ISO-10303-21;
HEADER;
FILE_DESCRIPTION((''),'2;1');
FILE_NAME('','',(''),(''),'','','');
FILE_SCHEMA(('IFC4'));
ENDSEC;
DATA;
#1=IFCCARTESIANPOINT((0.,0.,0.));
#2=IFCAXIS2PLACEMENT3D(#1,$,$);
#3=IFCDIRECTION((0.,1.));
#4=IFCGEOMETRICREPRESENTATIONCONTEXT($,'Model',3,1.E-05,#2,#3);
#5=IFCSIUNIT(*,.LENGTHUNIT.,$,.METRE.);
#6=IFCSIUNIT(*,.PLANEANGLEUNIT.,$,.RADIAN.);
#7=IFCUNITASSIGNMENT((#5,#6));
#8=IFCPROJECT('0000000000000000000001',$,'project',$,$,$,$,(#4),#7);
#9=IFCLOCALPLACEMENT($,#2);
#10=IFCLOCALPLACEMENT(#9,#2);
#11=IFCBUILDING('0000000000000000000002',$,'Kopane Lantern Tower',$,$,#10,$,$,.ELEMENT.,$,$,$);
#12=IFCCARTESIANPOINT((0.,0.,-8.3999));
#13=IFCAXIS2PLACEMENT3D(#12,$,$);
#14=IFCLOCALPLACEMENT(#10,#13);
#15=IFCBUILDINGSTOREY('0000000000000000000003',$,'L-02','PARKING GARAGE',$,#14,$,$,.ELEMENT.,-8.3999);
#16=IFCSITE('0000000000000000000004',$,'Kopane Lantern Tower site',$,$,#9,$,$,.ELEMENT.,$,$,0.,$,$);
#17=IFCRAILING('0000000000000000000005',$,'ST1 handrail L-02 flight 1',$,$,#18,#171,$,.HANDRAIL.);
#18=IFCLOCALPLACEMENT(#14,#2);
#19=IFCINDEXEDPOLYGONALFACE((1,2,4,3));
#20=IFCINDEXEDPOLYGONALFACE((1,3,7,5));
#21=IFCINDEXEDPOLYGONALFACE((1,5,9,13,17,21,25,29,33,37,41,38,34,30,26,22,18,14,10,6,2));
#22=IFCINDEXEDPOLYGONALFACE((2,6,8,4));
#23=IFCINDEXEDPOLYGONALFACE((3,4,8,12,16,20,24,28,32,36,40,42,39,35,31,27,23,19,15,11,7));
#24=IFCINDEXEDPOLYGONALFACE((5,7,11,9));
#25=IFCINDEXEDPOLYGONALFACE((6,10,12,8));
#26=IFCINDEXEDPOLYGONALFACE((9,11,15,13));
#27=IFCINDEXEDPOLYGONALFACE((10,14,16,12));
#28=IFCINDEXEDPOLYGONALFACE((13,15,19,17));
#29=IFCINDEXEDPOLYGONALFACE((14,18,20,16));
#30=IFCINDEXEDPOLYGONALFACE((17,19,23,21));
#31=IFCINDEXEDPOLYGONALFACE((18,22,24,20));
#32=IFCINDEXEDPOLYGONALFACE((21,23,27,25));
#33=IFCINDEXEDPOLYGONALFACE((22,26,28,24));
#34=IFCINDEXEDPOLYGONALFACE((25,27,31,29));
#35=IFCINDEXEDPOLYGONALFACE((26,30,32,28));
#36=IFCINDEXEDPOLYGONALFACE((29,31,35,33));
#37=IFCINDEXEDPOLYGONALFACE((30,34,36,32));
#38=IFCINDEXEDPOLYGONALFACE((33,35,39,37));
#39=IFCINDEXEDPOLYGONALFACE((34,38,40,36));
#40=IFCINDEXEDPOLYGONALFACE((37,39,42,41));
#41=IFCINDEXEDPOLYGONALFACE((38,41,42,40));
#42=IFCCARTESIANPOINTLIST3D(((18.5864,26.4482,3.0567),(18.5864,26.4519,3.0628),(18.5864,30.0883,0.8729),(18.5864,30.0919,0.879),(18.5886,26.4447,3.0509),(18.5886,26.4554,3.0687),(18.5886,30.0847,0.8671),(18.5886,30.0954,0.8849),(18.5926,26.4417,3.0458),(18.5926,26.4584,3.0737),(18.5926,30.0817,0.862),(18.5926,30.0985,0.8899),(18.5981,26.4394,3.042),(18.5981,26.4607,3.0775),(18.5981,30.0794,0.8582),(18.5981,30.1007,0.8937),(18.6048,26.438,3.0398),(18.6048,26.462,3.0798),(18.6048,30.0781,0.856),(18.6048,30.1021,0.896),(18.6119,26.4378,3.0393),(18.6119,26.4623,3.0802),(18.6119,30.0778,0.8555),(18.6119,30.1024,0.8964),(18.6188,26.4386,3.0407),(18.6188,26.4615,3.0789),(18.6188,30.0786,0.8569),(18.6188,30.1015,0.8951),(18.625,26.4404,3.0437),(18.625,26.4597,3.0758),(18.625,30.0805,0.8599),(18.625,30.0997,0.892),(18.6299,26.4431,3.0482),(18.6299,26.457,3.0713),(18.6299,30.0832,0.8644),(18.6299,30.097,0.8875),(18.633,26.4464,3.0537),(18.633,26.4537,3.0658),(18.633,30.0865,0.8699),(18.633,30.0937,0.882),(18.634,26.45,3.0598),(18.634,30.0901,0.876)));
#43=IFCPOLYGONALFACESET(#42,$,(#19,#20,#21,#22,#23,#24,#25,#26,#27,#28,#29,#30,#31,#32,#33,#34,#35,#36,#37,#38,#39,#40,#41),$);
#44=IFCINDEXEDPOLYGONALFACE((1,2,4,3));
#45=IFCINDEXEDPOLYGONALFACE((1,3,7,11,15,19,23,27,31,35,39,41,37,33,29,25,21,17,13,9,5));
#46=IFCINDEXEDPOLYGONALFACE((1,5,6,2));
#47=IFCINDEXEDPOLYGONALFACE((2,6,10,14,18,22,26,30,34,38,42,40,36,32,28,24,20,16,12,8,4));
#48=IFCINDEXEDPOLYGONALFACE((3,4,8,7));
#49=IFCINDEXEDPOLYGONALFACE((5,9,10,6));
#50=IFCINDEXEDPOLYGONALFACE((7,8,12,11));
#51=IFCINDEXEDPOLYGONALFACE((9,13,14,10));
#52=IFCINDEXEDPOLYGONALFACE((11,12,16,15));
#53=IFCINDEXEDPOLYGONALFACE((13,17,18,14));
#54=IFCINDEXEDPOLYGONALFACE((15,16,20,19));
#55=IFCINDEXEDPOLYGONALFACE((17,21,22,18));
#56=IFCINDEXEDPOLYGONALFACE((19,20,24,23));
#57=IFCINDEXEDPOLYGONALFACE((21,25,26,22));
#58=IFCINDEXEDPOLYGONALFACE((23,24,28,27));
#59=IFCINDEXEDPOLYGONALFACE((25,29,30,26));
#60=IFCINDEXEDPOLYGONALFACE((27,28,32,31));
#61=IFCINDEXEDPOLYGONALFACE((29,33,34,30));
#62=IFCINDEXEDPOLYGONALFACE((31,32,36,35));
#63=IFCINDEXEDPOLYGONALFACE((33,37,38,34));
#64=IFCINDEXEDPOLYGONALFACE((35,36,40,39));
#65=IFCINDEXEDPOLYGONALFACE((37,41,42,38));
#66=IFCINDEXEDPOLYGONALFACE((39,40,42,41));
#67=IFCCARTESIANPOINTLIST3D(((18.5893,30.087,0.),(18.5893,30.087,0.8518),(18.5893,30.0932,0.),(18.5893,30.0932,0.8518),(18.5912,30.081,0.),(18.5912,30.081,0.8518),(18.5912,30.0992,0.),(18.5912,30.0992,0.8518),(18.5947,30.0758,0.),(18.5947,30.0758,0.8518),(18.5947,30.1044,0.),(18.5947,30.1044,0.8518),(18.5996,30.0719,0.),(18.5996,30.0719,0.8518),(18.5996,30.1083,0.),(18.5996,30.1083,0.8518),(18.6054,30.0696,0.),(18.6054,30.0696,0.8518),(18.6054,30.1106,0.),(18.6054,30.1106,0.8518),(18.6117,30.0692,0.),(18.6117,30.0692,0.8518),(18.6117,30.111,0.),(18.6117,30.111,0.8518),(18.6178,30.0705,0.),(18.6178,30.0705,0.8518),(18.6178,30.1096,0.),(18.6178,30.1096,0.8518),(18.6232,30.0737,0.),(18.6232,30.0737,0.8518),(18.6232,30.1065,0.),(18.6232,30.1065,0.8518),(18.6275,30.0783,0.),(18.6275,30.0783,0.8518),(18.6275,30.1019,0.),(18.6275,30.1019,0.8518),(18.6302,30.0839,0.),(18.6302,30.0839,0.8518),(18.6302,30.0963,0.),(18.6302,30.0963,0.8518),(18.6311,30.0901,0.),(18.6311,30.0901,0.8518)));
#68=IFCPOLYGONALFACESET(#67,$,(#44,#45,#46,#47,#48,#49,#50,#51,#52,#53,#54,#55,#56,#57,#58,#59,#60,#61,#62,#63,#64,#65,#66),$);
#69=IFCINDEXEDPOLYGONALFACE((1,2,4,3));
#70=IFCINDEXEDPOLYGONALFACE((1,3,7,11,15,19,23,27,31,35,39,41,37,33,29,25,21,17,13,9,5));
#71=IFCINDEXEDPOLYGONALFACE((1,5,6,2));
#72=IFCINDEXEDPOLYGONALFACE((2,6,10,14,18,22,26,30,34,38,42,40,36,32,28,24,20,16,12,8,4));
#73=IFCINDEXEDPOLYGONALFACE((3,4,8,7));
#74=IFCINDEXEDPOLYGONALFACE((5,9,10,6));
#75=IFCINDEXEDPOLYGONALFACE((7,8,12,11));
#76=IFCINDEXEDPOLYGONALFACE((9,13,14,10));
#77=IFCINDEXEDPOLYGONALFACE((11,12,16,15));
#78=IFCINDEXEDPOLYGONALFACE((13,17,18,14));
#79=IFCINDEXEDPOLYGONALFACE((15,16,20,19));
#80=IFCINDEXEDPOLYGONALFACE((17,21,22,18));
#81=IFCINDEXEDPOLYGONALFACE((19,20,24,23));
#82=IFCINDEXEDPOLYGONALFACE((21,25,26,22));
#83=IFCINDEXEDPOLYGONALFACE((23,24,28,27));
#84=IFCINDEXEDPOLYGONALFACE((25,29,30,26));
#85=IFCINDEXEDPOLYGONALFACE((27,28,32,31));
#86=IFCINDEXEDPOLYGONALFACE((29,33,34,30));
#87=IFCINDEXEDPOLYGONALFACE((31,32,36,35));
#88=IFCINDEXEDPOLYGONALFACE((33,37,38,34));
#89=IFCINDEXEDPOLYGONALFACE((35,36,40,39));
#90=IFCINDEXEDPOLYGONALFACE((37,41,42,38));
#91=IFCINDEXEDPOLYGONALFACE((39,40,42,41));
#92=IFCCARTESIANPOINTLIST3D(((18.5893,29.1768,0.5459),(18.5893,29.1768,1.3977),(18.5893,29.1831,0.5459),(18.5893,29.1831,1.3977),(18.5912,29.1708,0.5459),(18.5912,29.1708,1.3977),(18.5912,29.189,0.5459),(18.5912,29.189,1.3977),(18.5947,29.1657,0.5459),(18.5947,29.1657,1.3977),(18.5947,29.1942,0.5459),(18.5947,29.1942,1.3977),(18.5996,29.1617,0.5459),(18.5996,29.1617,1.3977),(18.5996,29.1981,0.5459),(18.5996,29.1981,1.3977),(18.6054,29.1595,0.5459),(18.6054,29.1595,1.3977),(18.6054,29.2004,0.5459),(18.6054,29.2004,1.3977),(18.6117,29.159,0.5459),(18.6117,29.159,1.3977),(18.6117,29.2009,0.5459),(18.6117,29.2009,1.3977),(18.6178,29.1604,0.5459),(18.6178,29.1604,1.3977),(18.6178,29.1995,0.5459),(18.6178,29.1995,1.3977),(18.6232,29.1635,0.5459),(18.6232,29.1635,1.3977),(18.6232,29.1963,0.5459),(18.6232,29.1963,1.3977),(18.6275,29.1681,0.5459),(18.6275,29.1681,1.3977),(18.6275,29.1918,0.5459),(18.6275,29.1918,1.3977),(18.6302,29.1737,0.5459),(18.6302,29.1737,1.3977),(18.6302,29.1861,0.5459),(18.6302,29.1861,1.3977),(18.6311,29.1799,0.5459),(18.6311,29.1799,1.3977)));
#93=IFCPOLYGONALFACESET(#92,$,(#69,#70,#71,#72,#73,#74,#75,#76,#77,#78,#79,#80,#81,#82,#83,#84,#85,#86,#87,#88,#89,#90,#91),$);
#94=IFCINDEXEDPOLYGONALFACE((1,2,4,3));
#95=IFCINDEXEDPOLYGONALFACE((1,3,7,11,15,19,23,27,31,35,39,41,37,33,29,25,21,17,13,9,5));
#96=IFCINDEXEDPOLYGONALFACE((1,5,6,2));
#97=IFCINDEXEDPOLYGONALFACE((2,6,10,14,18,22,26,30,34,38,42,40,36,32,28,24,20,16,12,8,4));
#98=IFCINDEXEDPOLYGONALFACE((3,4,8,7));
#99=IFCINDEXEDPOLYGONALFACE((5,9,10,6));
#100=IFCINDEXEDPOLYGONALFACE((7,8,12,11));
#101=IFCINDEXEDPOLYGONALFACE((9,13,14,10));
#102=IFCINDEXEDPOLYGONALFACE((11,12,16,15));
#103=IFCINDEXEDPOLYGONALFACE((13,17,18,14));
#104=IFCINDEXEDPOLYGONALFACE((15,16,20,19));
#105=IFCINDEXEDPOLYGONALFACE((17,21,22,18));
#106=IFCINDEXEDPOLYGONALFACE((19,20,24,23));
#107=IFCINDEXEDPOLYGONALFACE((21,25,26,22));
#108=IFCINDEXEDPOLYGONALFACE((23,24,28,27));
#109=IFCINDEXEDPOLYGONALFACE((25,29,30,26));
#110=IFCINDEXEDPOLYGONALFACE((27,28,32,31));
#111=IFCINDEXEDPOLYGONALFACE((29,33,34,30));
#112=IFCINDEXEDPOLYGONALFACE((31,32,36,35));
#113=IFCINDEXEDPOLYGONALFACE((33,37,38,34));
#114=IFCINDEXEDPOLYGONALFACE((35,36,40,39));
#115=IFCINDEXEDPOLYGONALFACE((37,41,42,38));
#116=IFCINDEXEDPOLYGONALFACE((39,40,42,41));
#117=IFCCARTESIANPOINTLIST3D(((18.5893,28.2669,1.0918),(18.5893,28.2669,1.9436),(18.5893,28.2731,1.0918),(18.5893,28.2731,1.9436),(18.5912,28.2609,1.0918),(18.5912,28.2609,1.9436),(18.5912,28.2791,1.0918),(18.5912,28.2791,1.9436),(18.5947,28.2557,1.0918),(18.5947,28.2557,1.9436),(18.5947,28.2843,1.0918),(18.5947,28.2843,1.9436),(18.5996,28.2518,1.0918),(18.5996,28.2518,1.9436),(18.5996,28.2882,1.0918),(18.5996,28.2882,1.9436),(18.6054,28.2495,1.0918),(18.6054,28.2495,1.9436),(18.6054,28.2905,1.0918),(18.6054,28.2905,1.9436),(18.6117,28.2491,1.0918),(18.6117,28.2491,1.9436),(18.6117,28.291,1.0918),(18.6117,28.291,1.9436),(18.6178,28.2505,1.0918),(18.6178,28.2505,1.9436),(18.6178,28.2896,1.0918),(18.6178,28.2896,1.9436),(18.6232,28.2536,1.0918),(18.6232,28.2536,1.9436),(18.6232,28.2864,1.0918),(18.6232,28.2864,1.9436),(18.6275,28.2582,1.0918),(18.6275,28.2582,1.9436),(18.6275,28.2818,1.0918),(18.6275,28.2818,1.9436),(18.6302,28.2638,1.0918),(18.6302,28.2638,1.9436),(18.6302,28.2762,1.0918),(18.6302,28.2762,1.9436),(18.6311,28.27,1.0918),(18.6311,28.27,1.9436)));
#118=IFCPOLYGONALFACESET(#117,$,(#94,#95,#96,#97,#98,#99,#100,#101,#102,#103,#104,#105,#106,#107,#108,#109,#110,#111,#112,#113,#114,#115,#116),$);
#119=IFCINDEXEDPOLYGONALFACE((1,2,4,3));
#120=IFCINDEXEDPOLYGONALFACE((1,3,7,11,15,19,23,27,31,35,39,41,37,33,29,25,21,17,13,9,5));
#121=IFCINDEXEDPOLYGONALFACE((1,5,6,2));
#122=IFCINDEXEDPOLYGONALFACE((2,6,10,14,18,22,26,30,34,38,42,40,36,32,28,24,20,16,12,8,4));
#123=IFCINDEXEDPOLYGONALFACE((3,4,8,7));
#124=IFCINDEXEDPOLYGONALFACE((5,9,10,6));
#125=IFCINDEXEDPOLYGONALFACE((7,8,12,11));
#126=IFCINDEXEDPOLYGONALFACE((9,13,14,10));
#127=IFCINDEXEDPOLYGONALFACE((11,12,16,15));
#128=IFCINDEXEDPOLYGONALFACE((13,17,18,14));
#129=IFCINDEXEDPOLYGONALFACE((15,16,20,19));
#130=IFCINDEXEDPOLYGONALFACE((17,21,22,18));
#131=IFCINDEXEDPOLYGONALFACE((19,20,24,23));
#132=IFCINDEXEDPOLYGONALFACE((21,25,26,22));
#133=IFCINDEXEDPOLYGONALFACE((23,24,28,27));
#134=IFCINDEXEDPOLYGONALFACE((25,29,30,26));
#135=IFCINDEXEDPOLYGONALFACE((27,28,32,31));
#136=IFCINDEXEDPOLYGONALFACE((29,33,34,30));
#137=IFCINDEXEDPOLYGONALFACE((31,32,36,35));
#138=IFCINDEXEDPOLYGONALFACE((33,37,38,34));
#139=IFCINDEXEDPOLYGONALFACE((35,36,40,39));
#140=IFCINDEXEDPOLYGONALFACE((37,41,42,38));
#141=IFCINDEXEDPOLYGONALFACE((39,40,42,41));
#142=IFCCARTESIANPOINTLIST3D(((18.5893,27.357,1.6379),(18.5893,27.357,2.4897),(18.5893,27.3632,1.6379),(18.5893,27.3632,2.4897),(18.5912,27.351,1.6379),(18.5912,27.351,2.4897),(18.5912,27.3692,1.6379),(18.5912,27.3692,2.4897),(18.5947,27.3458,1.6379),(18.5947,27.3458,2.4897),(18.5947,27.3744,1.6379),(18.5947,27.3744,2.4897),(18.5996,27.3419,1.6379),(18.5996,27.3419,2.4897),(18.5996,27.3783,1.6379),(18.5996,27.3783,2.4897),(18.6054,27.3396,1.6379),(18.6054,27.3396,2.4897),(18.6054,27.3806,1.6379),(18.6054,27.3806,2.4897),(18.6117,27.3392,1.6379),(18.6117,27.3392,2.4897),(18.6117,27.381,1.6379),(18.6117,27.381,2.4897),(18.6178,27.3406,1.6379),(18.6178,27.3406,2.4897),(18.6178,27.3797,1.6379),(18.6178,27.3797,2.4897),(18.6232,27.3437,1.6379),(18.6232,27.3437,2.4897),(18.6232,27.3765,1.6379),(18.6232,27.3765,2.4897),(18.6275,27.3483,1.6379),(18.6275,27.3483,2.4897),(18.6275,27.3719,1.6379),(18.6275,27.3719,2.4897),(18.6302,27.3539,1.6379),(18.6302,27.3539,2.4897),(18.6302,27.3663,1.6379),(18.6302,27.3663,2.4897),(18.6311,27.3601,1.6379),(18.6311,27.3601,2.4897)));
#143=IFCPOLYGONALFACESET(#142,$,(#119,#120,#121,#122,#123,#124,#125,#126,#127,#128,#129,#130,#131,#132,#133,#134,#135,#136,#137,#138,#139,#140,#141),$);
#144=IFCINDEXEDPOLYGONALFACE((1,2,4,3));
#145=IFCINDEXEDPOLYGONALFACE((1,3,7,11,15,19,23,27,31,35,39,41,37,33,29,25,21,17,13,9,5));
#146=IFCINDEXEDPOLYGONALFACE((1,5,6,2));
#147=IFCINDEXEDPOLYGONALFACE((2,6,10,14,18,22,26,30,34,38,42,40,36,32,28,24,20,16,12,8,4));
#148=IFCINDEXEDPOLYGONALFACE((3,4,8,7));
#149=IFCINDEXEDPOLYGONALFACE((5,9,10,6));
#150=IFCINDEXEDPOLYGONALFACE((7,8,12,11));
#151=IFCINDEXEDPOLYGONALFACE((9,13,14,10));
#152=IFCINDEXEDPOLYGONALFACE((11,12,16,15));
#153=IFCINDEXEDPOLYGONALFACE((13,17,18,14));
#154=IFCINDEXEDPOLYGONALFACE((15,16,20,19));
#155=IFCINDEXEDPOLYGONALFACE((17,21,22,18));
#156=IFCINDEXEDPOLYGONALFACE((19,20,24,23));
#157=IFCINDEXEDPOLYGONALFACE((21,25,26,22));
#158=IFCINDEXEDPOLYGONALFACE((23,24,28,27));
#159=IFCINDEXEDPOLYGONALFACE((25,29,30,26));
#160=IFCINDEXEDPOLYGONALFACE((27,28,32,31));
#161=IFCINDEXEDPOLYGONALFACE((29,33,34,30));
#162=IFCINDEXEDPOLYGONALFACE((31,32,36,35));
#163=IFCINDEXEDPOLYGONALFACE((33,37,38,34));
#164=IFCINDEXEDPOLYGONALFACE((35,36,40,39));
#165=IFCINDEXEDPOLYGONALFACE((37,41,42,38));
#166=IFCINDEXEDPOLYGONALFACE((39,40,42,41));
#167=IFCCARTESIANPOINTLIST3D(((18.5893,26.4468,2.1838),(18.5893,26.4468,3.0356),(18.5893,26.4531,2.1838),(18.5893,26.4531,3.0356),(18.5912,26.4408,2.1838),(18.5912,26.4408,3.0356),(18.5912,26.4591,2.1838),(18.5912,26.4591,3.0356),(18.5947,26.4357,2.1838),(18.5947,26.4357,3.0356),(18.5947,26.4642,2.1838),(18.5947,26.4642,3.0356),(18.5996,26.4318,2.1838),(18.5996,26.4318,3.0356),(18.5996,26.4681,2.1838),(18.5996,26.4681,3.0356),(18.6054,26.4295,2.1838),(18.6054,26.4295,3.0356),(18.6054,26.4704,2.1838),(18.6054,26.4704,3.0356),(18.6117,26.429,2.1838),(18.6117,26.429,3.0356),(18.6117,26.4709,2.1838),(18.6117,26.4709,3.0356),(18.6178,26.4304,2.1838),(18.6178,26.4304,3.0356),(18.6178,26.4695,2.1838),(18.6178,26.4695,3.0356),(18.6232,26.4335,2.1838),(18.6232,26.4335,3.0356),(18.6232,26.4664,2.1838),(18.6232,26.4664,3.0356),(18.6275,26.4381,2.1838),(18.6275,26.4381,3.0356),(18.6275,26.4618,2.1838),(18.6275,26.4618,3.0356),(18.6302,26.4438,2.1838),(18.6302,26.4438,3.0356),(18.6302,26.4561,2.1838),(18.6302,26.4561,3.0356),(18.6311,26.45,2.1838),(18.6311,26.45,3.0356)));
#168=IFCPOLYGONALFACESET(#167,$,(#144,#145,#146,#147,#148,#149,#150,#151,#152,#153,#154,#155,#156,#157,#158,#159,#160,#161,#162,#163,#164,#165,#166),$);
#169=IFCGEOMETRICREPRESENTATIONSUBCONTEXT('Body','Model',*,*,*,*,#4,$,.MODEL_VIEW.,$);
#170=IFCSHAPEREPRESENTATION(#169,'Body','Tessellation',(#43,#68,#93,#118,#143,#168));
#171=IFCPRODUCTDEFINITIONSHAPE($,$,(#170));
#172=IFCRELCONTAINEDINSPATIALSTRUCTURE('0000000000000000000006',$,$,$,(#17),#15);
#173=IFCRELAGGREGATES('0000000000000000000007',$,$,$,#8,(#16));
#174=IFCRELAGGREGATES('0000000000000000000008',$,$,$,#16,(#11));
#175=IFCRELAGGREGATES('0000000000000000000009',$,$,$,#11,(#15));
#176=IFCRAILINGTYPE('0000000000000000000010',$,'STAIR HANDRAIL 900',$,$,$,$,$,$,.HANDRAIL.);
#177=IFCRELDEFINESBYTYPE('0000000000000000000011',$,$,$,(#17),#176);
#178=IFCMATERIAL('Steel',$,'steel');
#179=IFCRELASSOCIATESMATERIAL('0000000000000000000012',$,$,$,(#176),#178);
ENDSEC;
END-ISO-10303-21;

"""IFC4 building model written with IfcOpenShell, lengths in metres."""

from ifc_helpers import new_model, si_unit, direction, frame, origin, origin_2d, place, context, subcontext, project, spatial, circle, extrude, material, type_object, element, save


model = new_model("IFC4")

# Units and contexts
model_context = context("Model", 3, precision=1e-05, world=origin(), true_north=direction((0.0, 1.0)))
body_context = subcontext(model_context, "Body", "Model", "MODEL_VIEW")
ifc_project = project(units=[si_unit("LENGTHUNIT", "METRE"), si_unit("PLANEANGLEUNIT", "RADIAN")], contexts=[model_context])

# Site, building, storey
site_placement = place(None, origin())
site = spatial("IfcSite", under=ifc_project, at=site_placement, Name="Kopane Lantern Tower site", CompositionType="ELEMENT", RefElevation=0.0)
building_placement = place(site_placement, origin())
building = spatial("IfcBuilding", under=site, at=building_placement, Name="Kopane Lantern Tower", CompositionType="ELEMENT")
storey_placement = place(building_placement, frame((0.0, 0.0, -8.3999)))
storey = spatial("IfcBuildingStorey", under=building, at=storey_placement, Name="L-02", Description="PARKING GARAGE", CompositionType="ELEMENT", Elevation=-8.3999)

# Railing
ifc_material_1 = material(Name="Steel", Category="steel")
railing_type_1 = type_object("IfcRailingType", Name="STAIR HANDRAIL 900", PredefinedType="HANDRAIL", material=ifc_material_1)
for number, where, name in (
    (1, (18.6101, 30.0901, 0.0), "ST1 handrail L-02 flight 1"),
):
    element("IfcRailing", number, at=place(storey_placement, frame(where)), inside=storey, type_object=railing_type_1, Name=name, PredefinedType="HANDRAIL", context=body_context, shape_type="SweptSolid", body=[
        extrude(circle(Radius=0.0239, at=origin_2d()), frame((0.0, 0.0, 0.876), z_axis=(0.0, -0.857518, 0.514453), x_axis=(1.0, 0.0, 0.0)), (0.0, 0.0, 1.0), 4.2449),
        extrude(circle(Radius=0.021, at=origin_2d()), origin(), (0.0, 0.0, 1.0), 0.8518),
        extrude(circle(Radius=0.021, at=origin_2d()), frame((0.0, -0.9102, 0.5459)), (0.0, 0.0, 1.0), 0.8518),
        extrude(circle(Radius=0.021, at=origin_2d()), frame((0.0, -1.8201, 1.0918)), (0.0, 0.0, 1.0), 0.8518),
        extrude(circle(Radius=0.021, at=origin_2d()), frame((0.0, -2.73, 1.6379)), (0.0, 0.0, 1.0), 0.8518),
        extrude(circle(Radius=0.021, at=origin_2d()), frame((0.0, -3.6401, 2.1838)), (0.0, 0.0, 1.0), 0.8518),
    ])

save(model, "model.ifc")
